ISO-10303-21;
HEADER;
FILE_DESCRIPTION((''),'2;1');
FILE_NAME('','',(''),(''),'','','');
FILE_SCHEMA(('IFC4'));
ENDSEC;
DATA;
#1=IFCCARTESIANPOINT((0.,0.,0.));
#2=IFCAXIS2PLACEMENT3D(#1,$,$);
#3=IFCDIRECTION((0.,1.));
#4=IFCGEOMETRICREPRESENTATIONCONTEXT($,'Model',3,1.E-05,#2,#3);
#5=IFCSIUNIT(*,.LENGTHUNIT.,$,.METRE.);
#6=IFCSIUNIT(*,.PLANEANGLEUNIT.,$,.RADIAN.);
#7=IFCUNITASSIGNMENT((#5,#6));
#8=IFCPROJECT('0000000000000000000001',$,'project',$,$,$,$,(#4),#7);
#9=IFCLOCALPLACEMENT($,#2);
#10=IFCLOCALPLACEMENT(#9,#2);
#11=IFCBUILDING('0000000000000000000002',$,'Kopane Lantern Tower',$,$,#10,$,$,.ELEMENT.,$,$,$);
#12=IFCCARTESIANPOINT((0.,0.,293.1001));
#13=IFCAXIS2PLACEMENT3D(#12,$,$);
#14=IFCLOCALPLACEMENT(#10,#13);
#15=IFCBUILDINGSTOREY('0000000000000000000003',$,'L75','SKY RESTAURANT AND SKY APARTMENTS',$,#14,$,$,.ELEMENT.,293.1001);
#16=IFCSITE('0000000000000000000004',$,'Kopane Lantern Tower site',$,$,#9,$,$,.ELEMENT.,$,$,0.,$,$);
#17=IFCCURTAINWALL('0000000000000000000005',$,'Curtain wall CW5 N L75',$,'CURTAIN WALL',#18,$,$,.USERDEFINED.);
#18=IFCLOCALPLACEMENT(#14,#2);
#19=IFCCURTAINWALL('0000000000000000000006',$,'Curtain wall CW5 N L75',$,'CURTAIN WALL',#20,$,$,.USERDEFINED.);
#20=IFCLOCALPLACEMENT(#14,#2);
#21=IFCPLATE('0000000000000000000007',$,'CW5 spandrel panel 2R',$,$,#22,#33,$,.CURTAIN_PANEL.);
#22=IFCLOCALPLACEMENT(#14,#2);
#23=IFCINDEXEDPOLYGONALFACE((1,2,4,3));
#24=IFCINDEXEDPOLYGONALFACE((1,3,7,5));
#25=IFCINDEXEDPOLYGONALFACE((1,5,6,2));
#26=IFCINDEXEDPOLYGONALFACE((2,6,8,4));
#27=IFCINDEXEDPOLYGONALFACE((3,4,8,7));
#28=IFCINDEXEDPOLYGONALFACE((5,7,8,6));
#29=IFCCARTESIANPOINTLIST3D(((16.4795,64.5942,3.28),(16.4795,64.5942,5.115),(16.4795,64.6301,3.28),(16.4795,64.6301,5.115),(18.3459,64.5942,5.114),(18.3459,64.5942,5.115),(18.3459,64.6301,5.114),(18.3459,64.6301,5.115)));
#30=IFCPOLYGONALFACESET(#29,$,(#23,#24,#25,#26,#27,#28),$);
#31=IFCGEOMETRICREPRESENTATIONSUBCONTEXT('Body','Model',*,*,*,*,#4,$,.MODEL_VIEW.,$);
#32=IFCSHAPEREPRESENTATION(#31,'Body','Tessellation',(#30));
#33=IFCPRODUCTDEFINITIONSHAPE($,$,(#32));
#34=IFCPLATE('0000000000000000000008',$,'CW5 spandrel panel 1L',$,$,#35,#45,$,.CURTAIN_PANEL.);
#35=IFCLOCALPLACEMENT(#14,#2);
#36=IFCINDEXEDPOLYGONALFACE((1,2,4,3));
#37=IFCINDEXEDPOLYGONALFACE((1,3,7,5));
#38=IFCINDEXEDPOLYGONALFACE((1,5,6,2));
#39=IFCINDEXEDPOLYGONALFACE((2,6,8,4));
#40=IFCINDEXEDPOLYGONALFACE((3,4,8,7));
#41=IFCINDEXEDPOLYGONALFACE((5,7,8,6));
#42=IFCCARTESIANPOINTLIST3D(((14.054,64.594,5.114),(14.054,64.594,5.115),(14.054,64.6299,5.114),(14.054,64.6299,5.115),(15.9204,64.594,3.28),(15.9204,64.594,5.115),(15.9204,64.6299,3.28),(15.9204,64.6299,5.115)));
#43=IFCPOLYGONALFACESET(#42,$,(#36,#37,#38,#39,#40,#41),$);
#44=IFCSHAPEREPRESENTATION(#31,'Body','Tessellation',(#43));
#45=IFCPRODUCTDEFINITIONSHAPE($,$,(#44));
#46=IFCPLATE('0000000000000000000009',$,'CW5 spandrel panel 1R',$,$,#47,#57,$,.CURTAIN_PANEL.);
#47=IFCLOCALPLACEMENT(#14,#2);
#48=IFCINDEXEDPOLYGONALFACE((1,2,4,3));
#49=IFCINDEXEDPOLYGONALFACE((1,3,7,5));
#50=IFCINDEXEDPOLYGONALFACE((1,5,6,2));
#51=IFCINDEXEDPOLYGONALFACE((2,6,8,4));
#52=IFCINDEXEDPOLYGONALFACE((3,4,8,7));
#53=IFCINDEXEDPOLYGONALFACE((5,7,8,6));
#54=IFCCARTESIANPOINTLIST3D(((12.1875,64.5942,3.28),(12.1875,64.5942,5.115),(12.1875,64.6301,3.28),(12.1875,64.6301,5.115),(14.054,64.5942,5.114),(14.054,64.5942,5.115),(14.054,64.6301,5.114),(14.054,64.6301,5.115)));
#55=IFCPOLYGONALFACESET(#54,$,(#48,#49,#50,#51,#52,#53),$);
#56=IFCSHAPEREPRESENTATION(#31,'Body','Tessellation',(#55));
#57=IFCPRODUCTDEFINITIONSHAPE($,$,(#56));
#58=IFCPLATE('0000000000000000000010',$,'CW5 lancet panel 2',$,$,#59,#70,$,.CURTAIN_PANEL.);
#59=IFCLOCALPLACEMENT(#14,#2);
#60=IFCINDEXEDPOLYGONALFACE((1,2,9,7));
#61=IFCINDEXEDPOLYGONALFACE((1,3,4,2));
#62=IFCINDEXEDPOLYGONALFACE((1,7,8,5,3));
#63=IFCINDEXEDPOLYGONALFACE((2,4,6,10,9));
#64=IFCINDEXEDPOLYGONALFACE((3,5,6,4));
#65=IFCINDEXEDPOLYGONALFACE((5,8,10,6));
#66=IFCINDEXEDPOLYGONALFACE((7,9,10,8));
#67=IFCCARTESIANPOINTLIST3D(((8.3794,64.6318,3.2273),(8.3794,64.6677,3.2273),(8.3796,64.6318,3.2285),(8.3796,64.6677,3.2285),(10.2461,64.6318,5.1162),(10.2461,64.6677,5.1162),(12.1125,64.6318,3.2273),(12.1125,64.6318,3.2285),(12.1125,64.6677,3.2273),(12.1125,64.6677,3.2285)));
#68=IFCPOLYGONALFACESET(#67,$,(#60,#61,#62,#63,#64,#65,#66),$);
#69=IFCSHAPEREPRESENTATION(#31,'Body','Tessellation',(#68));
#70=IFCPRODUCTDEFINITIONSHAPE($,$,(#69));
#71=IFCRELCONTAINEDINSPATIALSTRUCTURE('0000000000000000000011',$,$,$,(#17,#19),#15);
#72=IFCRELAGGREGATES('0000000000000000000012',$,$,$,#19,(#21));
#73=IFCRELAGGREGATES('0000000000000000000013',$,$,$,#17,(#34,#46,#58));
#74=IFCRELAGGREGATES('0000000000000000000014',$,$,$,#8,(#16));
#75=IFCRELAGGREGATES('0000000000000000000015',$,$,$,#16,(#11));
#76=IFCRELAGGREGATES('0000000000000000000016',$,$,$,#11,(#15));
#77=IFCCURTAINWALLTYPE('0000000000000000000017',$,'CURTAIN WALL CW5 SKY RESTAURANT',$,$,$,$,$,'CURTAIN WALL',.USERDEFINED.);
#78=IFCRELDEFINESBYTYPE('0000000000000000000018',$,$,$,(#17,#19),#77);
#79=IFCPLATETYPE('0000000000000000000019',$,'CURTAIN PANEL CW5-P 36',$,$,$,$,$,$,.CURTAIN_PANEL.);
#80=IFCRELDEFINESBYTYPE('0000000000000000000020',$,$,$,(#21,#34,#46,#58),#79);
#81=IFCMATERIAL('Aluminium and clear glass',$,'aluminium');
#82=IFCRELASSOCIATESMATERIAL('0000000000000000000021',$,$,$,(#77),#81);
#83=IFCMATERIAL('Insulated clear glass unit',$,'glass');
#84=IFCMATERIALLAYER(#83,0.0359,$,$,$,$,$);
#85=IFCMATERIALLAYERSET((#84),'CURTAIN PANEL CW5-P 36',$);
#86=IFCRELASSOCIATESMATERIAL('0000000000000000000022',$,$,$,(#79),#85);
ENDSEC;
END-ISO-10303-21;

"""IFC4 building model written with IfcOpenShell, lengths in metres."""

from ifc_helpers import new_model, si_unit, direction, frame, origin, place, context, subcontext, project, spatial, polyline, outline, extrude, material, layer, layer_set, type_object, element, aggregate, save


model = new_model("IFC4")

# Units and contexts
model_context = context("Model", 3, precision=1e-05, world=origin(), true_north=direction((0.0, 1.0)))
body_context = subcontext(model_context, "Body", "Model", "MODEL_VIEW")
ifc_project = project(units=[si_unit("LENGTHUNIT", "METRE"), si_unit("PLANEANGLEUNIT", "RADIAN")], contexts=[model_context])

# Site, building, storey
site_placement = place(None, origin())
site = spatial("IfcSite", under=ifc_project, at=site_placement, Name="Kopane Lantern Tower site", CompositionType="ELEMENT", RefElevation=0.0)
building_placement = place(site_placement, origin())
building = spatial("IfcBuilding", under=site, at=building_placement, Name="Kopane Lantern Tower", CompositionType="ELEMENT")
storey_placement = place(building_placement, frame((0.0, 0.0, 293.1001)))
storey = spatial("IfcBuildingStorey", under=building, at=storey_placement, Name="L75", Description="SKY RESTAURANT AND SKY APARTMENTS", CompositionType="ELEMENT", Elevation=293.1001)

# Curtain wall
ifc_material_1 = material(Name="Aluminium and clear glass", Category="aluminium")
curtain_wall_type = type_object("IfcCurtainWallType", Name="CURTAIN WALL CW5 SKY RESTAURANT", ElementType="CURTAIN WALL", PredefinedType="USERDEFINED", material=ifc_material_1)
curtain_wall_1_placement = place(storey_placement, origin())
curtain_wall_1 = element("IfcCurtainWall", 1, at=curtain_wall_1_placement, inside=storey, type_object=curtain_wall_type, Name="Curtain wall CW5 N L75", ObjectType="CURTAIN WALL", PredefinedType="USERDEFINED")

# Curtain wall, plate
curtain_wall_2_placement = place(storey_placement, origin())
curtain_wall_2 = element("IfcCurtainWall", 2, at=curtain_wall_2_placement, inside=storey, type_object=curtain_wall_type, Name="Curtain wall CW5 N L75", ObjectType="CURTAIN WALL", PredefinedType="USERDEFINED")
ifc_material_2 = material(Name="Insulated clear glass unit", Category="glass")
ifc_layer_1 = layer(ifc_material_2, 0.0359)
ifc_layer_set_1 = layer_set([ifc_layer_1], Name="CURTAIN PANEL CW5-P 36")
plate_type = type_object("IfcPlateType", Name="CURTAIN PANEL CW5-P 36", PredefinedType="CURTAIN_PANEL", material=ifc_layer_set_1)
plate_1_placement = place(storey_placement, frame((16.4795, 64.6121, 5.115), z_axis=(0.0, 0.0, 1.0), x_axis=(1.0, 0.0, 0.0)))
plate_1 = element("IfcPlate", 3, at=plate_1_placement, type_object=plate_type, Name="CW5 spandrel panel 2R", PredefinedType="CURTAIN_PANEL", context=body_context, shape_type="SweptSolid", body=[
    extrude(outline(polyline([(0.0, 0.0), (1.8665, 0.0), (1.8665, -0.001), (0.0, -1.835), (0.0, 0.0)])), frame((0.0, 0.0181, 0.0), z_axis=(0.0, -1.0, 0.0), x_axis=(1.0, 0.0, 0.0)), (0.0, 0.0, 1.0), 0.0359),
])
aggregate(curtain_wall_2, [plate_1])

# Plates
plate_2_placement = place(storey_placement, frame((15.9204, 64.6121, 5.115), z_axis=(0.0, 0.0, 1.0), x_axis=(-1.0, 0.0, 0.0)))
plate_2 = element("IfcPlate", 4, at=plate_2_placement, type_object=plate_type, Name="CW5 spandrel panel 1L", PredefinedType="CURTAIN_PANEL", context=body_context, shape_type="SweptSolid", body=[
    extrude(outline(polyline([(0.0, 0.0), (1.8665, 0.0), (1.8665, -0.001), (0.0, -1.835), (0.0, 0.0)])), frame((0.0, 0.0181, 0.0), z_axis=(0.0, -1.0, 0.0), x_axis=(1.0, 0.0, 0.0)), (0.0, 0.0, 1.0), 0.0359),
])
plate_3_placement = place(storey_placement, frame((12.1875, 64.6121, 5.115), z_axis=(0.0, 0.0, 1.0), x_axis=(1.0, 0.0, 0.0)))
plate_3 = element("IfcPlate", 5, at=plate_3_placement, type_object=plate_type, Name="CW5 spandrel panel 1R", PredefinedType="CURTAIN_PANEL", context=body_context, shape_type="SweptSolid", body=[
    extrude(outline(polyline([(0.0, 0.0), (1.8665, 0.0), (1.8665, -0.001), (0.0, -1.835), (0.0, 0.0)])), frame((0.0, 0.0181, 0.0), z_axis=(0.0, -1.0, 0.0), x_axis=(1.0, 0.0, 0.0)), (0.0, 0.0, 1.0), 0.0359),
])
plate_4_placement = place(storey_placement, frame((12.1125, 64.6499, 3.2273), z_axis=(0.0, 0.0, 1.0), x_axis=(-1.0, 0.0, 0.0)))
plate_4 = element("IfcPlate", 6, at=plate_4_placement, type_object=plate_type, Name="CW5 lancet panel 2", PredefinedType="CURTAIN_PANEL", context=body_context, shape_type="SweptSolid", body=[
    extrude(outline(polyline([(0.0, 0.0), (3.7332, 0.0), (3.7329, 0.0012), (1.8665, 1.8889), (0.0, 0.0012), (0.0, 0.0)])), frame((0.0, 0.0181, 0.0), z_axis=(0.0, -1.0, 0.0), x_axis=(1.0, 0.0, 0.0)), (0.0, 0.0, 1.0), 0.0359),
])
aggregate(curtain_wall_1, [plate_2, plate_3, plate_4])

save(model, "model.ifc")
